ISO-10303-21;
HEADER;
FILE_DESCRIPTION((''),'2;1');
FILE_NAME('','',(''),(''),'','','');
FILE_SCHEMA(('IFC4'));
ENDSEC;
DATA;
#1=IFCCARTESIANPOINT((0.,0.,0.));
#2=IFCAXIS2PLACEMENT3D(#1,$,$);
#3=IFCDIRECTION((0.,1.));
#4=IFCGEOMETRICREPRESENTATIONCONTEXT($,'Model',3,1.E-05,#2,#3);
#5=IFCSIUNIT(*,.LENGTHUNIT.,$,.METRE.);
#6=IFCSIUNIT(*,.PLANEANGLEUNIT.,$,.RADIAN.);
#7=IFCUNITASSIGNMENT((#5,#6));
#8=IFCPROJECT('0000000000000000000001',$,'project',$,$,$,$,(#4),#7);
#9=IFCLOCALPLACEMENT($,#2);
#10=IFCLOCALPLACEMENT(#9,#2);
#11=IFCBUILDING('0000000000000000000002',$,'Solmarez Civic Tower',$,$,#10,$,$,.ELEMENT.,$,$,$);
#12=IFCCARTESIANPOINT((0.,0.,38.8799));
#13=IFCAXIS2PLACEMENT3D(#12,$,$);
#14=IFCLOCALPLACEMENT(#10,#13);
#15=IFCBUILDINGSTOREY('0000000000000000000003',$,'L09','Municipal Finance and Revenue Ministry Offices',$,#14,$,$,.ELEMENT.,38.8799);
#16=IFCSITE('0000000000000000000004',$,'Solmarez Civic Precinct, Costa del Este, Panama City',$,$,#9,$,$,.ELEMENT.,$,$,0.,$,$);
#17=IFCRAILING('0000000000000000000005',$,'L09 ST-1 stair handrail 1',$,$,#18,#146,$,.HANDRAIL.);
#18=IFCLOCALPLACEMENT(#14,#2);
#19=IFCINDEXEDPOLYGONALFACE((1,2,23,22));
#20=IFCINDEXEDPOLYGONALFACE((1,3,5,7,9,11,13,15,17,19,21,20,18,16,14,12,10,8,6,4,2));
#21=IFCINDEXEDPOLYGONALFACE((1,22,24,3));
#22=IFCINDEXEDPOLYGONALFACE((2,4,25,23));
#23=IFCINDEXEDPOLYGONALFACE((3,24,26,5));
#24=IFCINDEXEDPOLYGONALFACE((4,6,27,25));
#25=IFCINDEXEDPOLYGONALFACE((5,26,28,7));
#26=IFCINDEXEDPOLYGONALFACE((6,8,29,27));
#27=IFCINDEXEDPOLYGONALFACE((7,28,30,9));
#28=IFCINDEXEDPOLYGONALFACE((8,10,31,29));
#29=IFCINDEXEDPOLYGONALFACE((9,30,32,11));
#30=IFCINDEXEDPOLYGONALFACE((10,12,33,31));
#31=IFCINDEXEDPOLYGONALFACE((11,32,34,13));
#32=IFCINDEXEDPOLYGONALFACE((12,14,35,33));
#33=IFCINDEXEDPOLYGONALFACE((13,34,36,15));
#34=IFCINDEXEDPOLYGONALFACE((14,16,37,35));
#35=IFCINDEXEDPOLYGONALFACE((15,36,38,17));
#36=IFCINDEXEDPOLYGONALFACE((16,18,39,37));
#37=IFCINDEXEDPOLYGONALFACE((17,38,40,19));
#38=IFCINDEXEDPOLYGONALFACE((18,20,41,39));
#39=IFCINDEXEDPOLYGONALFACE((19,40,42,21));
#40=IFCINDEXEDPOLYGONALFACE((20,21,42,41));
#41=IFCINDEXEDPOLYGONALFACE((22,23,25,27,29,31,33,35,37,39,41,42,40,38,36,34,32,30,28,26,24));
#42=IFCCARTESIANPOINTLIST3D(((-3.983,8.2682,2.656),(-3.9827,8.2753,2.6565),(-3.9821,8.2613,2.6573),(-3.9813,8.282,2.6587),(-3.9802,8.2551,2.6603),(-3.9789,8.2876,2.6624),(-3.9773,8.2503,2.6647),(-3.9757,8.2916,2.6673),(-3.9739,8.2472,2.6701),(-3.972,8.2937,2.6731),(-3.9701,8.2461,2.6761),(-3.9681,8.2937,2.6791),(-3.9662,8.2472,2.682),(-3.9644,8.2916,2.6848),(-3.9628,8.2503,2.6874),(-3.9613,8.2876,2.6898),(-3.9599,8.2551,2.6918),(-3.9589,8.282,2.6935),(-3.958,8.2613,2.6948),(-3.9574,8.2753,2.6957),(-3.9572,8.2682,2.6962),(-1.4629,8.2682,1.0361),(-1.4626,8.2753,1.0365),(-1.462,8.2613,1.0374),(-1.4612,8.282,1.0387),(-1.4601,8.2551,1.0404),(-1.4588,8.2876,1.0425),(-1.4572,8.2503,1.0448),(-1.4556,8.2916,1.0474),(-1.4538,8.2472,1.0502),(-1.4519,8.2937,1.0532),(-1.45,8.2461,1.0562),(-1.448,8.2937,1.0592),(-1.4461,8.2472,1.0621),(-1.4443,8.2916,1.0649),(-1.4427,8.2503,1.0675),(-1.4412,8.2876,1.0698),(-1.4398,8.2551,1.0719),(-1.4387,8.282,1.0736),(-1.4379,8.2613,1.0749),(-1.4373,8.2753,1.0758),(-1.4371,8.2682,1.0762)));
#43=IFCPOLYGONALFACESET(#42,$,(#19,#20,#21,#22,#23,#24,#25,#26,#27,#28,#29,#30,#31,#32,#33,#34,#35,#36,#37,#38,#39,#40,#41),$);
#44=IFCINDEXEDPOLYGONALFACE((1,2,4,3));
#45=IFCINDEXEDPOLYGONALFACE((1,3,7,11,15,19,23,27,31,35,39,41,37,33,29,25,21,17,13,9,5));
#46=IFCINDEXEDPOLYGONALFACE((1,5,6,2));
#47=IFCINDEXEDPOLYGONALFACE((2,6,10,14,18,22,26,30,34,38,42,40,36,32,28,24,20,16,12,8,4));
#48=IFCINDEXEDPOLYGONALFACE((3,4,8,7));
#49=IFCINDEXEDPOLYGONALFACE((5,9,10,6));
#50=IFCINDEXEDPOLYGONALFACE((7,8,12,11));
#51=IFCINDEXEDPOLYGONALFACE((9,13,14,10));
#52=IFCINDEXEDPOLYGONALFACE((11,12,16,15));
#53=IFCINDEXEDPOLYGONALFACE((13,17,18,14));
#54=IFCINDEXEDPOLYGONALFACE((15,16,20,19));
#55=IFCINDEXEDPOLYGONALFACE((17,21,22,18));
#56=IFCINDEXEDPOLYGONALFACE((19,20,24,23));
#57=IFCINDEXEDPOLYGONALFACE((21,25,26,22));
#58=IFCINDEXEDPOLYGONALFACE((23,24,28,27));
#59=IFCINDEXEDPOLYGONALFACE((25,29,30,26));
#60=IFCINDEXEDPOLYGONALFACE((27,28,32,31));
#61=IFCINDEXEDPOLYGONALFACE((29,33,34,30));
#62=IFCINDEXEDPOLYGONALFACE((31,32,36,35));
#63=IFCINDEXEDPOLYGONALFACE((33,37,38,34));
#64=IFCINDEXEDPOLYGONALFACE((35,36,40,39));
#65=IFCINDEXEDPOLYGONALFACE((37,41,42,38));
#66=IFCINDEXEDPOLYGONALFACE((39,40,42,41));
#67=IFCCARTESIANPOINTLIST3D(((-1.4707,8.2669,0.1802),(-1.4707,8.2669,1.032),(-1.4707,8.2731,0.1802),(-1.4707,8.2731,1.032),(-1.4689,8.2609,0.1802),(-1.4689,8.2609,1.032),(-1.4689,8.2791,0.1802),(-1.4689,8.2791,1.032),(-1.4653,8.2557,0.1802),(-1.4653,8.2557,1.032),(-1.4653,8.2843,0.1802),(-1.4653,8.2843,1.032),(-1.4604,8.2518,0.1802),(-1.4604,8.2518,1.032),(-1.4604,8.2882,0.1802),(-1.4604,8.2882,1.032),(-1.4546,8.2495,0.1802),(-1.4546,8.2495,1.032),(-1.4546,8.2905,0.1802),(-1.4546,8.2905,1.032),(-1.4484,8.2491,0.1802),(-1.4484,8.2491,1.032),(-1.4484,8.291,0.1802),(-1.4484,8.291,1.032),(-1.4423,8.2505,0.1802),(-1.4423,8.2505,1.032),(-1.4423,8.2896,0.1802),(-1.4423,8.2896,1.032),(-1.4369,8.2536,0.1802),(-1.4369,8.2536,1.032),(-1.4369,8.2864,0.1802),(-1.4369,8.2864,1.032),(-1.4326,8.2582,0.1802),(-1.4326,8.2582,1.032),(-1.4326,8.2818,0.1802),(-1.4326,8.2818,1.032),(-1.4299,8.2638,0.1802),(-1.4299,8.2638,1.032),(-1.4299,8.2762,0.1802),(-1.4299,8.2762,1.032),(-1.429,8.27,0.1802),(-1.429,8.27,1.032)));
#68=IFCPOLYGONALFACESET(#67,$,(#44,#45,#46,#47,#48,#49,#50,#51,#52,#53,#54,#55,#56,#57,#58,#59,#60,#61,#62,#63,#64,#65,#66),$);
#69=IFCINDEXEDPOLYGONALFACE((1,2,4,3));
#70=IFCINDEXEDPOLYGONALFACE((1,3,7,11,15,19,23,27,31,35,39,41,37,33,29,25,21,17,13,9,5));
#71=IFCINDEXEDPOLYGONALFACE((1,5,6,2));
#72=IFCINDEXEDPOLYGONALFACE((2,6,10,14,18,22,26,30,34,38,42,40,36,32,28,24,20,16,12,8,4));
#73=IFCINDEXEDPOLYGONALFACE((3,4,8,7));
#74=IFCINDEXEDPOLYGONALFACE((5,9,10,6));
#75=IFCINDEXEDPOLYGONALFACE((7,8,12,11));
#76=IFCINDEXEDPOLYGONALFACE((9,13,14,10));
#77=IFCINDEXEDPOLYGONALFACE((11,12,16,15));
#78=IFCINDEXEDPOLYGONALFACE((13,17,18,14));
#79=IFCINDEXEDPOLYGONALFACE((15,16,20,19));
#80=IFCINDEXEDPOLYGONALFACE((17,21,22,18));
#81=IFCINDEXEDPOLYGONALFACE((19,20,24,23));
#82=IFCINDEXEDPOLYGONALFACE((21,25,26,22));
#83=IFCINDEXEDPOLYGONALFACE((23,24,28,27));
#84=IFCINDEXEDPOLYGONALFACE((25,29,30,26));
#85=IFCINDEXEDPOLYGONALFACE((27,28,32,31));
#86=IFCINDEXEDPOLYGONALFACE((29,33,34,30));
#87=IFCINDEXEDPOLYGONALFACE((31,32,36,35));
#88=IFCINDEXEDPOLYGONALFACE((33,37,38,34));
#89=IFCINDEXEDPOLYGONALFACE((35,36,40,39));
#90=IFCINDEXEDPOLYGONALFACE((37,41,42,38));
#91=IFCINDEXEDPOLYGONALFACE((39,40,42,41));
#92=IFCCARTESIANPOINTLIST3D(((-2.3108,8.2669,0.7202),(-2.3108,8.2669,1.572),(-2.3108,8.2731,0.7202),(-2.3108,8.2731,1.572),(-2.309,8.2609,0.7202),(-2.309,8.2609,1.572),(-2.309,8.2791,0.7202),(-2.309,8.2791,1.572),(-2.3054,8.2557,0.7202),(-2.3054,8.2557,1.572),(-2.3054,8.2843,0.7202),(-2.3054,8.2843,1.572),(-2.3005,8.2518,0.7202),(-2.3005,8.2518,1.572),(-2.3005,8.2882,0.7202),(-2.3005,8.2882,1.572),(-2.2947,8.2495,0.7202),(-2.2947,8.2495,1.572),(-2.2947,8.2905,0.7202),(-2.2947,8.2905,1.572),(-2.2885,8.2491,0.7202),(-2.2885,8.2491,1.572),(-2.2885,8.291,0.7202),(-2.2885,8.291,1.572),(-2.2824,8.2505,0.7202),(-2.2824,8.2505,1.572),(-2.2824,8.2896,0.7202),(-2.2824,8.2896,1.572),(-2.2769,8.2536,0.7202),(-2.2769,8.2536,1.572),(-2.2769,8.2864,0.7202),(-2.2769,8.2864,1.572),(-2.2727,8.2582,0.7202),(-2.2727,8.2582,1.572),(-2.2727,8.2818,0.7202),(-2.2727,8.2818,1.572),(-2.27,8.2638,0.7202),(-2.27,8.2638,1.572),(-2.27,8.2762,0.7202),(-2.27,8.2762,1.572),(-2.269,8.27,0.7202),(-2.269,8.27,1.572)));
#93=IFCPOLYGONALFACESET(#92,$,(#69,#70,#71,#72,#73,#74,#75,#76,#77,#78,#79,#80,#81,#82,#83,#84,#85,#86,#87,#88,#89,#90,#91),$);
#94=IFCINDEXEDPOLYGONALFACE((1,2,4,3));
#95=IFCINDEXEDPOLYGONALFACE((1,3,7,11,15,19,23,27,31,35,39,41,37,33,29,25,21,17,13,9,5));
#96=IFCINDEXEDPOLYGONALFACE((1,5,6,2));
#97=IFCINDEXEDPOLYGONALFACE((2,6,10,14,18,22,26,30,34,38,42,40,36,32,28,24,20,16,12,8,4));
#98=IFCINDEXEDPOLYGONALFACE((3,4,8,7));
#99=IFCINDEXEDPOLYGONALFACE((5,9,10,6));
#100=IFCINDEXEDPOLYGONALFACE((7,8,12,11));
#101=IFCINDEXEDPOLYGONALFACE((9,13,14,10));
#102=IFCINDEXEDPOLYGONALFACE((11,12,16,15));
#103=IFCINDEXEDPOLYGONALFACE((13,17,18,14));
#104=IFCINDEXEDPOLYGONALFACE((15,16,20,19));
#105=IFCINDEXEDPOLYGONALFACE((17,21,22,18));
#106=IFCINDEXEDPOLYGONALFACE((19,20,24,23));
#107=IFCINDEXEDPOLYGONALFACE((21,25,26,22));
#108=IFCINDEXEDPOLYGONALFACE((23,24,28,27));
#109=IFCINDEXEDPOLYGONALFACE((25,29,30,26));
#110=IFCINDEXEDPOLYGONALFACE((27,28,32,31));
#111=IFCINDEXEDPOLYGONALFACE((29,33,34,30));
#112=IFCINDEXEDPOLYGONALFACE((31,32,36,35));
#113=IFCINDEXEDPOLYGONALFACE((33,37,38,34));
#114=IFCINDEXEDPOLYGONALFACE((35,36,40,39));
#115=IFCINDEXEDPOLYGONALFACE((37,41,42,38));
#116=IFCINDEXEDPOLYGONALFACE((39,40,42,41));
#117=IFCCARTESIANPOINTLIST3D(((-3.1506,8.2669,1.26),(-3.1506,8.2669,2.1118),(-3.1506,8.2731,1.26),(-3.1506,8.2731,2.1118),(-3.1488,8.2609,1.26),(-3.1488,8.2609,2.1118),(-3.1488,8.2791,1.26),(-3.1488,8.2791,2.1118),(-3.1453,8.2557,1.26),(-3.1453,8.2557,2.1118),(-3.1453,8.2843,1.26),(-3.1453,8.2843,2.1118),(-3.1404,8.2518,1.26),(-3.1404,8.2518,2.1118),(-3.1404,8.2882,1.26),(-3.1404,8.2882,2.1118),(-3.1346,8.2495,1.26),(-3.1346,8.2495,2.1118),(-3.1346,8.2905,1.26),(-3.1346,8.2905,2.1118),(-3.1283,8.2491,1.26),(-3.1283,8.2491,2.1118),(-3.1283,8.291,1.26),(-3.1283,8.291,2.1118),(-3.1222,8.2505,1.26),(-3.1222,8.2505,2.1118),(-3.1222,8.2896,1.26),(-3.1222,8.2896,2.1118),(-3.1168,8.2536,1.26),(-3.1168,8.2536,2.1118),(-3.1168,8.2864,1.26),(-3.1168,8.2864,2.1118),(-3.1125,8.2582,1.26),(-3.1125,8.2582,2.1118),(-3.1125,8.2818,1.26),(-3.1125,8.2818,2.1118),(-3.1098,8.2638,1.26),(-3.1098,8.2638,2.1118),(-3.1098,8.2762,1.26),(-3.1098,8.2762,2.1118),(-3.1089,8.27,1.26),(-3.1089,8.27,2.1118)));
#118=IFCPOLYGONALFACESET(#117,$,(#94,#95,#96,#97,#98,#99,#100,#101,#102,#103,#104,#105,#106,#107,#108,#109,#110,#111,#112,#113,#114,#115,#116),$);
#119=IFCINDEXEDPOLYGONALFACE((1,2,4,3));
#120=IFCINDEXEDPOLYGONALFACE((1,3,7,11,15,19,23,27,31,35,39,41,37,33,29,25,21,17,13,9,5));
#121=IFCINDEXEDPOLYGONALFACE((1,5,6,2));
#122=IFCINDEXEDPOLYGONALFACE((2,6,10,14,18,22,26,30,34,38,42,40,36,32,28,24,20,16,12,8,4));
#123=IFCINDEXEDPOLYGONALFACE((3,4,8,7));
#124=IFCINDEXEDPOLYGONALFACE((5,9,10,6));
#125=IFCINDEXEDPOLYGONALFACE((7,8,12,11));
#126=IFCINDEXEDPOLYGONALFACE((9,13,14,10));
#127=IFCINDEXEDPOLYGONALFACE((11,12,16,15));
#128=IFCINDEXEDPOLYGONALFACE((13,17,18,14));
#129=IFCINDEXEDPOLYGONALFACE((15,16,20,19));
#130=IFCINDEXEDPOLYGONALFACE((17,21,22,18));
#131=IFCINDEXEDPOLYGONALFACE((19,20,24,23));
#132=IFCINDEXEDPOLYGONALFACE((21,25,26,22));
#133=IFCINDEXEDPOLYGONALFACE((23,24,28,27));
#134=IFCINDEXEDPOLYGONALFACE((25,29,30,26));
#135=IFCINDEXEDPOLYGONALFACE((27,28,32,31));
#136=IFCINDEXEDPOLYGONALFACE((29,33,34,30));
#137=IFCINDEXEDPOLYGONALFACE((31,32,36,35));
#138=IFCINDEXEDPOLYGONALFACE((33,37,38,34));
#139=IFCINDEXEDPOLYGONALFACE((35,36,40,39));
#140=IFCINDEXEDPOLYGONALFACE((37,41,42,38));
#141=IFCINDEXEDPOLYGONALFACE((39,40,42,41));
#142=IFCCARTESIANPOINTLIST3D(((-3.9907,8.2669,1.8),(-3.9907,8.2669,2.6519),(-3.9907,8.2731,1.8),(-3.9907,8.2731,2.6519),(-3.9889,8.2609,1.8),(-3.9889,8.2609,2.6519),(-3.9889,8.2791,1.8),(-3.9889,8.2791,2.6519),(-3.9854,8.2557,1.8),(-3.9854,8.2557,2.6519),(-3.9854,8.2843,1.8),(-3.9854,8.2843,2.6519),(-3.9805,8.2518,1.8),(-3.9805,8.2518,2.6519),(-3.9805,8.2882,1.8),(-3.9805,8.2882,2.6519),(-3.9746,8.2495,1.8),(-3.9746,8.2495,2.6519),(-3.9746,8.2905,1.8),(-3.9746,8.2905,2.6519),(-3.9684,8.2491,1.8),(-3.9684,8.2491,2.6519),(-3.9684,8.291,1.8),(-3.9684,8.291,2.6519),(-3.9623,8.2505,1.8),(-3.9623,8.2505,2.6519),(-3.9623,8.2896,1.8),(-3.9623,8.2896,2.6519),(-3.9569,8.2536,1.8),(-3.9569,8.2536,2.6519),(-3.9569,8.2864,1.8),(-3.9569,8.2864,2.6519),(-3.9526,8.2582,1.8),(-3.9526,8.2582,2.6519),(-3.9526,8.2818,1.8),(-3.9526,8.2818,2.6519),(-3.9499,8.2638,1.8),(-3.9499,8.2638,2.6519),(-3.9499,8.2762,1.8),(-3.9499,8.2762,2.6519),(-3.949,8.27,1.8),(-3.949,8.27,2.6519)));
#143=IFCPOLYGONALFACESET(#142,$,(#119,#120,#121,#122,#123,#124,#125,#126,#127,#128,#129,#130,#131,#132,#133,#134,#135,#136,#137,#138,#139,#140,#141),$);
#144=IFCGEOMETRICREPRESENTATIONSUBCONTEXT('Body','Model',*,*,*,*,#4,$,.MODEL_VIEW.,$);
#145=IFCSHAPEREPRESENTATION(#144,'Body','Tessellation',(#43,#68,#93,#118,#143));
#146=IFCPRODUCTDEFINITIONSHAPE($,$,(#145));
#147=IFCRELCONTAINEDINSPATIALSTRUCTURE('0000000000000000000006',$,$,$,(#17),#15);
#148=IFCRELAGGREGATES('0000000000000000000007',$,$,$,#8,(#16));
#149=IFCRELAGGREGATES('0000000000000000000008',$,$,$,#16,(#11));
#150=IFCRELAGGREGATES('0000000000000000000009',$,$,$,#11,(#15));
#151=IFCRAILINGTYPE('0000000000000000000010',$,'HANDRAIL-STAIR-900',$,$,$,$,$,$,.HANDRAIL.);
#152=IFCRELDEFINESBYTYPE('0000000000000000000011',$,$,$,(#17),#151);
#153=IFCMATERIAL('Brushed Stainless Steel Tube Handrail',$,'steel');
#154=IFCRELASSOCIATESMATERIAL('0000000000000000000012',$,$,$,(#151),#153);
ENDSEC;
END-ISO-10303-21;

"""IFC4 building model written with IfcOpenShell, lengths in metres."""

from ifc_helpers import new_model, si_unit, direction, frame, origin, origin_2d, place, context, subcontext, project, spatial, circle, extrude, material, type_object, element, save


model = new_model("IFC4")

# Units and contexts
model_context = context("Model", 3, precision=1e-05, world=origin(), true_north=direction((0.0, 1.0)))
body_context = subcontext(model_context, "Body", "Model", "MODEL_VIEW")
ifc_project = project(units=[si_unit("LENGTHUNIT", "METRE"), si_unit("PLANEANGLEUNIT", "RADIAN")], contexts=[model_context])

# Site, building, storey
site_placement = place(None, origin())
site = spatial("IfcSite", under=ifc_project, at=site_placement, Name="Solmarez Civic Precinct, Costa del Este, Panama City", CompositionType="ELEMENT", RefElevation=0.0)
building_placement = place(site_placement, origin())
building = spatial("IfcBuilding", under=site, at=building_placement, Name="Solmarez Civic Tower", CompositionType="ELEMENT")
storey_placement = place(building_placement, frame((0.0, 0.0, 38.8799)))
storey = spatial("IfcBuildingStorey", under=building, at=storey_placement, Name="L09", Description="Municipal Finance and Revenue Ministry Offices", CompositionType="ELEMENT", Elevation=38.8799)

# Railing
ifc_material_1 = material(Name="Brushed Stainless Steel Tube Handrail", Category="steel")
railing_type_1 = type_object("IfcRailingType", Name="HANDRAIL-STAIR-900", PredefinedType="HANDRAIL", material=ifc_material_1)
railing_1_placement = place(storey_placement, frame((-1.45, 8.27, 0.1802)))
element("IfcRailing", 1, at=railing_1_placement, inside=storey, type_object=railing_type_1, Name="L09 ST-1 stair handrail 1", PredefinedType="HANDRAIL", context=body_context, shape_type="SweptSolid", body=[
    extrude(circle(Radius=0.0239, at=origin_2d()), frame((0.0, 0.0, 0.876), z_axis=(-0.8412, 0.0, 0.540725), x_axis=(0.0, -1.0, 0.0)), (0.0, 0.0, 1.0), 2.9958),
    extrude(circle(Radius=0.021, at=origin_2d()), origin(), (0.0, 0.0, 1.0), 0.8518),
    extrude(circle(Radius=0.021, at=origin_2d()), frame((-0.8401, 0.0, 0.54)), (0.0, 0.0, 1.0), 0.8518),
    extrude(circle(Radius=0.021, at=origin_2d()), frame((-1.6799, 0.0, 1.0798)), (0.0, 0.0, 1.0), 0.8518),
    extrude(circle(Radius=0.021, at=origin_2d()), frame((-2.52, 0.0, 1.6199)), (0.0, 0.0, 1.0), 0.8518),
])

save(model, "model.ifc")
